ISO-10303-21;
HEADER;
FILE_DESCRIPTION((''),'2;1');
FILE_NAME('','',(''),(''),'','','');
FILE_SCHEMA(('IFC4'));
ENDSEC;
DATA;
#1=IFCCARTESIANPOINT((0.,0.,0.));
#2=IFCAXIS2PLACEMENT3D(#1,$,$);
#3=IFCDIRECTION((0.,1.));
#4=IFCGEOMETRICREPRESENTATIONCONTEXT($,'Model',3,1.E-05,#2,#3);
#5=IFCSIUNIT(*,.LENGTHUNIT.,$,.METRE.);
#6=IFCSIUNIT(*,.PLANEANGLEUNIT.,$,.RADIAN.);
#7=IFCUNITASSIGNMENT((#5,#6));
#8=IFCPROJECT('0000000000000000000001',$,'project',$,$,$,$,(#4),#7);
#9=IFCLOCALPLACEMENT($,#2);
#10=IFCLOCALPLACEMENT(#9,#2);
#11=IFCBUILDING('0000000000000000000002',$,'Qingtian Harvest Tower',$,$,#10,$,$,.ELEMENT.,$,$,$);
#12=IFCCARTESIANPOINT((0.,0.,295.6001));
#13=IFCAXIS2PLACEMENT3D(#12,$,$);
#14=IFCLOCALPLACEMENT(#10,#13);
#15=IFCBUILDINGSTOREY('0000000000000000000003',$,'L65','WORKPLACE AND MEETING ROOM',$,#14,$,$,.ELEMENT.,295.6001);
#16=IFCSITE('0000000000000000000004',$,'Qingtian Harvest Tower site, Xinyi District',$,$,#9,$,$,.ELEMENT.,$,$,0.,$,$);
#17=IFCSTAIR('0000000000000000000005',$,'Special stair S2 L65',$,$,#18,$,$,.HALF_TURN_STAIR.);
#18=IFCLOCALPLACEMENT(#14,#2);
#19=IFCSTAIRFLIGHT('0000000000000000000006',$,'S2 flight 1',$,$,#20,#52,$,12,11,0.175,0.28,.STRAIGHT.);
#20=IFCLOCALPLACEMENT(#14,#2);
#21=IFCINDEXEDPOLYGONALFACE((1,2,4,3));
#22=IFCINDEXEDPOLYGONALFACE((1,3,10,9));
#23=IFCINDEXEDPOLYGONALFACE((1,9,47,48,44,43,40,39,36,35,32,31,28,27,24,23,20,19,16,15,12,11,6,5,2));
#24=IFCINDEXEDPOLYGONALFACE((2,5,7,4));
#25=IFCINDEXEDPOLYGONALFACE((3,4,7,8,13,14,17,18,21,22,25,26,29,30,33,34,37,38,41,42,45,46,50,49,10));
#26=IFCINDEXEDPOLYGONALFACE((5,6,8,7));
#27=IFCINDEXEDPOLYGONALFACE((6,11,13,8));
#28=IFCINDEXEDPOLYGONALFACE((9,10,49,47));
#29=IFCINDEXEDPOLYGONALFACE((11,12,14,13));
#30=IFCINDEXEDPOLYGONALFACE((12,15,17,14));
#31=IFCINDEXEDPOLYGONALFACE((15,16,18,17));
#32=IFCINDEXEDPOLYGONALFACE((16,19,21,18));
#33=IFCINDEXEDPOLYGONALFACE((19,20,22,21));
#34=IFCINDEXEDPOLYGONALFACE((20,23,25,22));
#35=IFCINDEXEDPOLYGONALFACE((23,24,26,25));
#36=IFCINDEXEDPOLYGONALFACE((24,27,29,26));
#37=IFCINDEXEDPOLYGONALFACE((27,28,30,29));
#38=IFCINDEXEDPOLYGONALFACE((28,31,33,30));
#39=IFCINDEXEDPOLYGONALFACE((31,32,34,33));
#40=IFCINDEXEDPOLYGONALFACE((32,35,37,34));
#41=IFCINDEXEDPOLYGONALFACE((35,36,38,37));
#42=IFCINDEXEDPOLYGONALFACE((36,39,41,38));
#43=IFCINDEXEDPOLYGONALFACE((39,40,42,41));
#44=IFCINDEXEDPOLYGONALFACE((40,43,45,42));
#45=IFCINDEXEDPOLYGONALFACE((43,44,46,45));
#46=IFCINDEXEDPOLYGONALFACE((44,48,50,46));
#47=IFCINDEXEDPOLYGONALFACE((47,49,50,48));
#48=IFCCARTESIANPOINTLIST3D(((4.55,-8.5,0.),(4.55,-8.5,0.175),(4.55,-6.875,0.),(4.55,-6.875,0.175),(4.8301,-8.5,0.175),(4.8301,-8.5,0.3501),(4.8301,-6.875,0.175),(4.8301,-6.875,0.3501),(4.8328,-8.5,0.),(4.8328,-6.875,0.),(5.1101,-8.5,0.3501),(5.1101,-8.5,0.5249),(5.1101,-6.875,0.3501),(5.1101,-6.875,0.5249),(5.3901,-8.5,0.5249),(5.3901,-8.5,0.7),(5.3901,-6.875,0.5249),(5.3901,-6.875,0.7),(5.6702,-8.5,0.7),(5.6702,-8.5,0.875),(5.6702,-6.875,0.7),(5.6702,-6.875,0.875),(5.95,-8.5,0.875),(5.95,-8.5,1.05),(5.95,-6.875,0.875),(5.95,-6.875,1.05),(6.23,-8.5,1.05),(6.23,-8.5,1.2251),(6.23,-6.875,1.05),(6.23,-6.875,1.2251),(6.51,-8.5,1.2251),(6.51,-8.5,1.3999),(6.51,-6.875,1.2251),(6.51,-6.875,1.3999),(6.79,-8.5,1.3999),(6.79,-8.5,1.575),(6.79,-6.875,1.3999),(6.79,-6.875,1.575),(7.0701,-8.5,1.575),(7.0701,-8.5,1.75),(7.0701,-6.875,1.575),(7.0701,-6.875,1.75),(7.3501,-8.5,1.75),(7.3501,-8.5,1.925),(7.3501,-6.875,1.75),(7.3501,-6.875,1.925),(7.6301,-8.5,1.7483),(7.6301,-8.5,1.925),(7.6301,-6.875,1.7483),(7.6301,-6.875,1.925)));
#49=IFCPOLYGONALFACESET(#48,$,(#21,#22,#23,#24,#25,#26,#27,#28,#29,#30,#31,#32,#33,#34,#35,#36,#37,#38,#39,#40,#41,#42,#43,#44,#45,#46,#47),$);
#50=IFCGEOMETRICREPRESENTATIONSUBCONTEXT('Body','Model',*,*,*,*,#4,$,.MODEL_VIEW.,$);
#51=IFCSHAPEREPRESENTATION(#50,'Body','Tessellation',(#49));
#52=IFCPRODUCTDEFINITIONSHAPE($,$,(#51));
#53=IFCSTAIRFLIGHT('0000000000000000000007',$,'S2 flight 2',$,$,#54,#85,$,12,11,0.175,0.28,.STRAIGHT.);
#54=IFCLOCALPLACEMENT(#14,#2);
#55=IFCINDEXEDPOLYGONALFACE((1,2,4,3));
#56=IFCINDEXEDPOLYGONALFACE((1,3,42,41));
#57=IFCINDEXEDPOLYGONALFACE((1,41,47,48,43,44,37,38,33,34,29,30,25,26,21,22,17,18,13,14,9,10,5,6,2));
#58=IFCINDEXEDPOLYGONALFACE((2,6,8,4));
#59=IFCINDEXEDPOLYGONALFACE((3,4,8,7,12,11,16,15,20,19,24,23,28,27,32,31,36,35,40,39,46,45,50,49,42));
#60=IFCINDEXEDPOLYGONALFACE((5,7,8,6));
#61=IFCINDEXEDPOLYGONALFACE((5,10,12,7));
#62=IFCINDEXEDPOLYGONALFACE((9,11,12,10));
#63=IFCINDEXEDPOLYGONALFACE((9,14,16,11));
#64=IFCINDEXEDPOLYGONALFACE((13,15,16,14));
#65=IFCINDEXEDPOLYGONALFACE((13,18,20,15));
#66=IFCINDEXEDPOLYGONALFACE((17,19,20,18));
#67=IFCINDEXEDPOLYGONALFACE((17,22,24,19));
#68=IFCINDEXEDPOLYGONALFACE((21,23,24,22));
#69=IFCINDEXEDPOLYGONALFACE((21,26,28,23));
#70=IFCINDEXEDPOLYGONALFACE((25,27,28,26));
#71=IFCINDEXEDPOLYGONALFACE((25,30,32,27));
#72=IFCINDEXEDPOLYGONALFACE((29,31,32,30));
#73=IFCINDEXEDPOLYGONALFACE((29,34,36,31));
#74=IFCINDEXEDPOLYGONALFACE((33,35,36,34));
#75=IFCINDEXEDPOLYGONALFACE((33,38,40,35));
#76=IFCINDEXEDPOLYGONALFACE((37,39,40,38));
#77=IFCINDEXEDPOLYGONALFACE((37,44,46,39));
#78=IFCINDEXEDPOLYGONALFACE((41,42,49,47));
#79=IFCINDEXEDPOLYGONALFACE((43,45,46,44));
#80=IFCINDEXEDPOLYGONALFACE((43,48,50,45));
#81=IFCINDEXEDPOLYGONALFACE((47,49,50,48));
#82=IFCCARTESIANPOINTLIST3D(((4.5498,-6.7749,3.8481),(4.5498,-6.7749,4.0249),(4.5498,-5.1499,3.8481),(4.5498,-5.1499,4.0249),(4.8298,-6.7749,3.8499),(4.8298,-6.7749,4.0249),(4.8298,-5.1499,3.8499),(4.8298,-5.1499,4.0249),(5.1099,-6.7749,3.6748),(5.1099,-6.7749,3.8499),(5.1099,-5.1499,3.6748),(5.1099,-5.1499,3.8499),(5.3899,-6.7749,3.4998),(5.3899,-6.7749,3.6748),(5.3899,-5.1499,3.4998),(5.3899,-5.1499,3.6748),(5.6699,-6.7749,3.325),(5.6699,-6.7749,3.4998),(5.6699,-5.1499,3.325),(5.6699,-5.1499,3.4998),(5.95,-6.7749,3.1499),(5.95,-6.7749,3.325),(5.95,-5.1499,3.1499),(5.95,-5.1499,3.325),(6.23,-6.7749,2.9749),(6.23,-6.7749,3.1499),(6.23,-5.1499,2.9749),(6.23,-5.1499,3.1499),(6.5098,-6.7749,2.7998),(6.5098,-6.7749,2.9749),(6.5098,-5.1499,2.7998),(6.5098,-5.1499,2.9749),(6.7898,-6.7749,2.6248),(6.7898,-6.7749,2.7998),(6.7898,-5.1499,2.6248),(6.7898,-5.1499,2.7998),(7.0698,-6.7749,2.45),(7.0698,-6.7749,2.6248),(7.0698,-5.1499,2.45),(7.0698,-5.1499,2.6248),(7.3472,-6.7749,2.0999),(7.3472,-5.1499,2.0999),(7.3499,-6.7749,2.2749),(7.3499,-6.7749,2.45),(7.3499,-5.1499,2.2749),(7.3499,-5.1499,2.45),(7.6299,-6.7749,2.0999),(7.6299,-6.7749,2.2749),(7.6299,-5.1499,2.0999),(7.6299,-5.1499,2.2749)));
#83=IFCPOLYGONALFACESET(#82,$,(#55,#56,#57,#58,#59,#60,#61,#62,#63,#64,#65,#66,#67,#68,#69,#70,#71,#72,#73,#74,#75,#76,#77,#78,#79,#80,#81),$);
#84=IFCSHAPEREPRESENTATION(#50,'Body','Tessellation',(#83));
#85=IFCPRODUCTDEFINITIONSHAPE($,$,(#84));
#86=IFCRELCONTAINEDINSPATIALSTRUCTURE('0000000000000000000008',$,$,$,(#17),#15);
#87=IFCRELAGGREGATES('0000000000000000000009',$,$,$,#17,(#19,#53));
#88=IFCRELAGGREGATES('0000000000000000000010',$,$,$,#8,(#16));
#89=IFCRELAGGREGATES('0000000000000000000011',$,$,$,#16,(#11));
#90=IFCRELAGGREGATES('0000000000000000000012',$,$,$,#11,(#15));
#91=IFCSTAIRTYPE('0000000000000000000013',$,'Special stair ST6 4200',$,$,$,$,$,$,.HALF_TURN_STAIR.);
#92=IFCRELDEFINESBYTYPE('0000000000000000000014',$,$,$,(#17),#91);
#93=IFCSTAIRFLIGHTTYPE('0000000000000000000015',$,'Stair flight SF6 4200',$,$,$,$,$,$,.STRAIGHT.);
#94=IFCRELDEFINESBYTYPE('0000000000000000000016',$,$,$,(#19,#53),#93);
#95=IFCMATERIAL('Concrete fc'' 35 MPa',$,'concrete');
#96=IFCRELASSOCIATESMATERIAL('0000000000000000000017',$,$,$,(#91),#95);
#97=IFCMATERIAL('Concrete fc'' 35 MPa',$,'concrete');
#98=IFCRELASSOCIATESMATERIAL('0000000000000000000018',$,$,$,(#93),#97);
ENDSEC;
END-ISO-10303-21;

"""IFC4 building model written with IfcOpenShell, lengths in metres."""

from ifc_helpers import new_model, si_unit, direction, frame, origin, place, context, subcontext, project, spatial, polyline, outline, extrude, material, type_object, element, aggregate, save


model = new_model("IFC4")

# Units and contexts
model_context = context("Model", 3, precision=1e-05, world=origin(), true_north=direction((0.0, 1.0)))
body_context = subcontext(model_context, "Body", "Model", "MODEL_VIEW")
ifc_project = project(units=[si_unit("LENGTHUNIT", "METRE"), si_unit("PLANEANGLEUNIT", "RADIAN")], contexts=[model_context])

# Site, building, storey
site_placement = place(None, origin())
site = spatial("IfcSite", under=ifc_project, at=site_placement, Name="Qingtian Harvest Tower site, Xinyi District", CompositionType="ELEMENT", RefElevation=0.0)
building_placement = place(site_placement, origin())
building = spatial("IfcBuilding", under=site, at=building_placement, Name="Qingtian Harvest Tower", CompositionType="ELEMENT")
storey_placement = place(building_placement, frame((0.0, 0.0, 295.6001)))
storey = spatial("IfcBuildingStorey", under=building, at=storey_placement, Name="L65", Description="WORKPLACE AND MEETING ROOM", CompositionType="ELEMENT", Elevation=295.6001)

# Stair, stair flights
ifc_material_1 = material(Name="Concrete fc' 35 MPa", Category="concrete")
stair_type = type_object("IfcStairType", Name="Special stair ST6 4200", PredefinedType="HALF_TURN_STAIR", material=ifc_material_1)
stair_placement = place(storey_placement, origin())
stair = element("IfcStair", 1, at=stair_placement, inside=storey, type_object=stair_type, Name="Special stair S2 L65", PredefinedType="HALF_TURN_STAIR")
ifc_material_2 = material(Name="Concrete fc' 35 MPa", Category="concrete")
stair_flight_type = type_object("IfcStairFlightType", Name="Stair flight SF6 4200", PredefinedType="STRAIGHT", material=ifc_material_2)
stair_flight_1_placement = place(storey_placement, frame((4.55, -7.6875, 0.0), z_axis=(0.0, 0.0, 1.0), x_axis=(1.0, 0.0, 0.0)))
stair_flight_1 = element("IfcStairFlight", 2, at=stair_flight_1_placement, type_object=stair_flight_type, Name="S2 flight 1", NumberOfRisers=12, NumberOfTreads=11, PredefinedType="STRAIGHT", RiserHeight=0.175, TreadLength=0.28, context=body_context, shape_type="SweptSolid", body=[
    extrude(outline(polyline([(0.0, 0.0), (0.0, 0.175), (0.28, 0.175), (0.28, 0.3501), (0.5601, 0.3501), (0.5601, 0.5249), (0.8401, 0.5249), (0.8401, 0.7), (1.1201, 0.7), (1.1201, 0.875), (1.3999, 0.875), (1.3999, 1.05), (1.6799, 1.05), (1.6799, 1.2251), (1.96, 1.2251), (1.96, 1.3999), (2.24, 1.3999), (2.24, 1.575), (2.52, 1.575), (2.52, 1.75), (2.8, 1.75), (2.8, 1.925), (3.0801, 1.925), (3.0801, 2.1001), (3.0801, 1.7483), (0.2827, 0.0), (0.0, 0.0)])), frame((0.0, 0.8125, 0.0), z_axis=(0.0, -1.0, 0.0), x_axis=(1.0, 0.0, 0.0)), (0.0, 0.0, 1.0), 1.625),
])
stair_flight_2_placement = place(storey_placement, frame((7.6299, -5.9624, 2.0999), z_axis=(0.0, 0.0, 1.0), x_axis=(-1.0, 0.0, 0.0)))
stair_flight_2 = element("IfcStairFlight", 3, at=stair_flight_2_placement, type_object=stair_flight_type, Name="S2 flight 2", NumberOfRisers=12, NumberOfTreads=11, PredefinedType="STRAIGHT", RiserHeight=0.175, TreadLength=0.28, context=body_context, shape_type="SweptSolid", body=[
    extrude(outline(polyline([(0.0, 0.0), (0.0, 0.175), (0.28, 0.175), (0.28, 0.3501), (0.5601, 0.3501), (0.5601, 0.5249), (0.8401, 0.5249), (0.8401, 0.7), (1.1201, 0.7), (1.1201, 0.875), (1.3999, 0.875), (1.3999, 1.05), (1.6799, 1.05), (1.6799, 1.2251), (1.96, 1.2251), (1.96, 1.3999), (2.24, 1.3999), (2.24, 1.575), (2.52, 1.575), (2.52, 1.75), (2.8, 1.75), (2.8, 1.925), (3.0801, 1.925), (3.0801, 2.1001), (3.0801, 1.7483), (0.2827, 0.0), (0.0, 0.0)])), frame((0.0, 0.8125, 0.0), z_axis=(0.0, -1.0, 0.0), x_axis=(1.0, 0.0, 0.0)), (0.0, 0.0, 1.0), 1.625),
])
aggregate(stair, [stair_flight_1, stair_flight_2])

save(model, "model.ifc")
